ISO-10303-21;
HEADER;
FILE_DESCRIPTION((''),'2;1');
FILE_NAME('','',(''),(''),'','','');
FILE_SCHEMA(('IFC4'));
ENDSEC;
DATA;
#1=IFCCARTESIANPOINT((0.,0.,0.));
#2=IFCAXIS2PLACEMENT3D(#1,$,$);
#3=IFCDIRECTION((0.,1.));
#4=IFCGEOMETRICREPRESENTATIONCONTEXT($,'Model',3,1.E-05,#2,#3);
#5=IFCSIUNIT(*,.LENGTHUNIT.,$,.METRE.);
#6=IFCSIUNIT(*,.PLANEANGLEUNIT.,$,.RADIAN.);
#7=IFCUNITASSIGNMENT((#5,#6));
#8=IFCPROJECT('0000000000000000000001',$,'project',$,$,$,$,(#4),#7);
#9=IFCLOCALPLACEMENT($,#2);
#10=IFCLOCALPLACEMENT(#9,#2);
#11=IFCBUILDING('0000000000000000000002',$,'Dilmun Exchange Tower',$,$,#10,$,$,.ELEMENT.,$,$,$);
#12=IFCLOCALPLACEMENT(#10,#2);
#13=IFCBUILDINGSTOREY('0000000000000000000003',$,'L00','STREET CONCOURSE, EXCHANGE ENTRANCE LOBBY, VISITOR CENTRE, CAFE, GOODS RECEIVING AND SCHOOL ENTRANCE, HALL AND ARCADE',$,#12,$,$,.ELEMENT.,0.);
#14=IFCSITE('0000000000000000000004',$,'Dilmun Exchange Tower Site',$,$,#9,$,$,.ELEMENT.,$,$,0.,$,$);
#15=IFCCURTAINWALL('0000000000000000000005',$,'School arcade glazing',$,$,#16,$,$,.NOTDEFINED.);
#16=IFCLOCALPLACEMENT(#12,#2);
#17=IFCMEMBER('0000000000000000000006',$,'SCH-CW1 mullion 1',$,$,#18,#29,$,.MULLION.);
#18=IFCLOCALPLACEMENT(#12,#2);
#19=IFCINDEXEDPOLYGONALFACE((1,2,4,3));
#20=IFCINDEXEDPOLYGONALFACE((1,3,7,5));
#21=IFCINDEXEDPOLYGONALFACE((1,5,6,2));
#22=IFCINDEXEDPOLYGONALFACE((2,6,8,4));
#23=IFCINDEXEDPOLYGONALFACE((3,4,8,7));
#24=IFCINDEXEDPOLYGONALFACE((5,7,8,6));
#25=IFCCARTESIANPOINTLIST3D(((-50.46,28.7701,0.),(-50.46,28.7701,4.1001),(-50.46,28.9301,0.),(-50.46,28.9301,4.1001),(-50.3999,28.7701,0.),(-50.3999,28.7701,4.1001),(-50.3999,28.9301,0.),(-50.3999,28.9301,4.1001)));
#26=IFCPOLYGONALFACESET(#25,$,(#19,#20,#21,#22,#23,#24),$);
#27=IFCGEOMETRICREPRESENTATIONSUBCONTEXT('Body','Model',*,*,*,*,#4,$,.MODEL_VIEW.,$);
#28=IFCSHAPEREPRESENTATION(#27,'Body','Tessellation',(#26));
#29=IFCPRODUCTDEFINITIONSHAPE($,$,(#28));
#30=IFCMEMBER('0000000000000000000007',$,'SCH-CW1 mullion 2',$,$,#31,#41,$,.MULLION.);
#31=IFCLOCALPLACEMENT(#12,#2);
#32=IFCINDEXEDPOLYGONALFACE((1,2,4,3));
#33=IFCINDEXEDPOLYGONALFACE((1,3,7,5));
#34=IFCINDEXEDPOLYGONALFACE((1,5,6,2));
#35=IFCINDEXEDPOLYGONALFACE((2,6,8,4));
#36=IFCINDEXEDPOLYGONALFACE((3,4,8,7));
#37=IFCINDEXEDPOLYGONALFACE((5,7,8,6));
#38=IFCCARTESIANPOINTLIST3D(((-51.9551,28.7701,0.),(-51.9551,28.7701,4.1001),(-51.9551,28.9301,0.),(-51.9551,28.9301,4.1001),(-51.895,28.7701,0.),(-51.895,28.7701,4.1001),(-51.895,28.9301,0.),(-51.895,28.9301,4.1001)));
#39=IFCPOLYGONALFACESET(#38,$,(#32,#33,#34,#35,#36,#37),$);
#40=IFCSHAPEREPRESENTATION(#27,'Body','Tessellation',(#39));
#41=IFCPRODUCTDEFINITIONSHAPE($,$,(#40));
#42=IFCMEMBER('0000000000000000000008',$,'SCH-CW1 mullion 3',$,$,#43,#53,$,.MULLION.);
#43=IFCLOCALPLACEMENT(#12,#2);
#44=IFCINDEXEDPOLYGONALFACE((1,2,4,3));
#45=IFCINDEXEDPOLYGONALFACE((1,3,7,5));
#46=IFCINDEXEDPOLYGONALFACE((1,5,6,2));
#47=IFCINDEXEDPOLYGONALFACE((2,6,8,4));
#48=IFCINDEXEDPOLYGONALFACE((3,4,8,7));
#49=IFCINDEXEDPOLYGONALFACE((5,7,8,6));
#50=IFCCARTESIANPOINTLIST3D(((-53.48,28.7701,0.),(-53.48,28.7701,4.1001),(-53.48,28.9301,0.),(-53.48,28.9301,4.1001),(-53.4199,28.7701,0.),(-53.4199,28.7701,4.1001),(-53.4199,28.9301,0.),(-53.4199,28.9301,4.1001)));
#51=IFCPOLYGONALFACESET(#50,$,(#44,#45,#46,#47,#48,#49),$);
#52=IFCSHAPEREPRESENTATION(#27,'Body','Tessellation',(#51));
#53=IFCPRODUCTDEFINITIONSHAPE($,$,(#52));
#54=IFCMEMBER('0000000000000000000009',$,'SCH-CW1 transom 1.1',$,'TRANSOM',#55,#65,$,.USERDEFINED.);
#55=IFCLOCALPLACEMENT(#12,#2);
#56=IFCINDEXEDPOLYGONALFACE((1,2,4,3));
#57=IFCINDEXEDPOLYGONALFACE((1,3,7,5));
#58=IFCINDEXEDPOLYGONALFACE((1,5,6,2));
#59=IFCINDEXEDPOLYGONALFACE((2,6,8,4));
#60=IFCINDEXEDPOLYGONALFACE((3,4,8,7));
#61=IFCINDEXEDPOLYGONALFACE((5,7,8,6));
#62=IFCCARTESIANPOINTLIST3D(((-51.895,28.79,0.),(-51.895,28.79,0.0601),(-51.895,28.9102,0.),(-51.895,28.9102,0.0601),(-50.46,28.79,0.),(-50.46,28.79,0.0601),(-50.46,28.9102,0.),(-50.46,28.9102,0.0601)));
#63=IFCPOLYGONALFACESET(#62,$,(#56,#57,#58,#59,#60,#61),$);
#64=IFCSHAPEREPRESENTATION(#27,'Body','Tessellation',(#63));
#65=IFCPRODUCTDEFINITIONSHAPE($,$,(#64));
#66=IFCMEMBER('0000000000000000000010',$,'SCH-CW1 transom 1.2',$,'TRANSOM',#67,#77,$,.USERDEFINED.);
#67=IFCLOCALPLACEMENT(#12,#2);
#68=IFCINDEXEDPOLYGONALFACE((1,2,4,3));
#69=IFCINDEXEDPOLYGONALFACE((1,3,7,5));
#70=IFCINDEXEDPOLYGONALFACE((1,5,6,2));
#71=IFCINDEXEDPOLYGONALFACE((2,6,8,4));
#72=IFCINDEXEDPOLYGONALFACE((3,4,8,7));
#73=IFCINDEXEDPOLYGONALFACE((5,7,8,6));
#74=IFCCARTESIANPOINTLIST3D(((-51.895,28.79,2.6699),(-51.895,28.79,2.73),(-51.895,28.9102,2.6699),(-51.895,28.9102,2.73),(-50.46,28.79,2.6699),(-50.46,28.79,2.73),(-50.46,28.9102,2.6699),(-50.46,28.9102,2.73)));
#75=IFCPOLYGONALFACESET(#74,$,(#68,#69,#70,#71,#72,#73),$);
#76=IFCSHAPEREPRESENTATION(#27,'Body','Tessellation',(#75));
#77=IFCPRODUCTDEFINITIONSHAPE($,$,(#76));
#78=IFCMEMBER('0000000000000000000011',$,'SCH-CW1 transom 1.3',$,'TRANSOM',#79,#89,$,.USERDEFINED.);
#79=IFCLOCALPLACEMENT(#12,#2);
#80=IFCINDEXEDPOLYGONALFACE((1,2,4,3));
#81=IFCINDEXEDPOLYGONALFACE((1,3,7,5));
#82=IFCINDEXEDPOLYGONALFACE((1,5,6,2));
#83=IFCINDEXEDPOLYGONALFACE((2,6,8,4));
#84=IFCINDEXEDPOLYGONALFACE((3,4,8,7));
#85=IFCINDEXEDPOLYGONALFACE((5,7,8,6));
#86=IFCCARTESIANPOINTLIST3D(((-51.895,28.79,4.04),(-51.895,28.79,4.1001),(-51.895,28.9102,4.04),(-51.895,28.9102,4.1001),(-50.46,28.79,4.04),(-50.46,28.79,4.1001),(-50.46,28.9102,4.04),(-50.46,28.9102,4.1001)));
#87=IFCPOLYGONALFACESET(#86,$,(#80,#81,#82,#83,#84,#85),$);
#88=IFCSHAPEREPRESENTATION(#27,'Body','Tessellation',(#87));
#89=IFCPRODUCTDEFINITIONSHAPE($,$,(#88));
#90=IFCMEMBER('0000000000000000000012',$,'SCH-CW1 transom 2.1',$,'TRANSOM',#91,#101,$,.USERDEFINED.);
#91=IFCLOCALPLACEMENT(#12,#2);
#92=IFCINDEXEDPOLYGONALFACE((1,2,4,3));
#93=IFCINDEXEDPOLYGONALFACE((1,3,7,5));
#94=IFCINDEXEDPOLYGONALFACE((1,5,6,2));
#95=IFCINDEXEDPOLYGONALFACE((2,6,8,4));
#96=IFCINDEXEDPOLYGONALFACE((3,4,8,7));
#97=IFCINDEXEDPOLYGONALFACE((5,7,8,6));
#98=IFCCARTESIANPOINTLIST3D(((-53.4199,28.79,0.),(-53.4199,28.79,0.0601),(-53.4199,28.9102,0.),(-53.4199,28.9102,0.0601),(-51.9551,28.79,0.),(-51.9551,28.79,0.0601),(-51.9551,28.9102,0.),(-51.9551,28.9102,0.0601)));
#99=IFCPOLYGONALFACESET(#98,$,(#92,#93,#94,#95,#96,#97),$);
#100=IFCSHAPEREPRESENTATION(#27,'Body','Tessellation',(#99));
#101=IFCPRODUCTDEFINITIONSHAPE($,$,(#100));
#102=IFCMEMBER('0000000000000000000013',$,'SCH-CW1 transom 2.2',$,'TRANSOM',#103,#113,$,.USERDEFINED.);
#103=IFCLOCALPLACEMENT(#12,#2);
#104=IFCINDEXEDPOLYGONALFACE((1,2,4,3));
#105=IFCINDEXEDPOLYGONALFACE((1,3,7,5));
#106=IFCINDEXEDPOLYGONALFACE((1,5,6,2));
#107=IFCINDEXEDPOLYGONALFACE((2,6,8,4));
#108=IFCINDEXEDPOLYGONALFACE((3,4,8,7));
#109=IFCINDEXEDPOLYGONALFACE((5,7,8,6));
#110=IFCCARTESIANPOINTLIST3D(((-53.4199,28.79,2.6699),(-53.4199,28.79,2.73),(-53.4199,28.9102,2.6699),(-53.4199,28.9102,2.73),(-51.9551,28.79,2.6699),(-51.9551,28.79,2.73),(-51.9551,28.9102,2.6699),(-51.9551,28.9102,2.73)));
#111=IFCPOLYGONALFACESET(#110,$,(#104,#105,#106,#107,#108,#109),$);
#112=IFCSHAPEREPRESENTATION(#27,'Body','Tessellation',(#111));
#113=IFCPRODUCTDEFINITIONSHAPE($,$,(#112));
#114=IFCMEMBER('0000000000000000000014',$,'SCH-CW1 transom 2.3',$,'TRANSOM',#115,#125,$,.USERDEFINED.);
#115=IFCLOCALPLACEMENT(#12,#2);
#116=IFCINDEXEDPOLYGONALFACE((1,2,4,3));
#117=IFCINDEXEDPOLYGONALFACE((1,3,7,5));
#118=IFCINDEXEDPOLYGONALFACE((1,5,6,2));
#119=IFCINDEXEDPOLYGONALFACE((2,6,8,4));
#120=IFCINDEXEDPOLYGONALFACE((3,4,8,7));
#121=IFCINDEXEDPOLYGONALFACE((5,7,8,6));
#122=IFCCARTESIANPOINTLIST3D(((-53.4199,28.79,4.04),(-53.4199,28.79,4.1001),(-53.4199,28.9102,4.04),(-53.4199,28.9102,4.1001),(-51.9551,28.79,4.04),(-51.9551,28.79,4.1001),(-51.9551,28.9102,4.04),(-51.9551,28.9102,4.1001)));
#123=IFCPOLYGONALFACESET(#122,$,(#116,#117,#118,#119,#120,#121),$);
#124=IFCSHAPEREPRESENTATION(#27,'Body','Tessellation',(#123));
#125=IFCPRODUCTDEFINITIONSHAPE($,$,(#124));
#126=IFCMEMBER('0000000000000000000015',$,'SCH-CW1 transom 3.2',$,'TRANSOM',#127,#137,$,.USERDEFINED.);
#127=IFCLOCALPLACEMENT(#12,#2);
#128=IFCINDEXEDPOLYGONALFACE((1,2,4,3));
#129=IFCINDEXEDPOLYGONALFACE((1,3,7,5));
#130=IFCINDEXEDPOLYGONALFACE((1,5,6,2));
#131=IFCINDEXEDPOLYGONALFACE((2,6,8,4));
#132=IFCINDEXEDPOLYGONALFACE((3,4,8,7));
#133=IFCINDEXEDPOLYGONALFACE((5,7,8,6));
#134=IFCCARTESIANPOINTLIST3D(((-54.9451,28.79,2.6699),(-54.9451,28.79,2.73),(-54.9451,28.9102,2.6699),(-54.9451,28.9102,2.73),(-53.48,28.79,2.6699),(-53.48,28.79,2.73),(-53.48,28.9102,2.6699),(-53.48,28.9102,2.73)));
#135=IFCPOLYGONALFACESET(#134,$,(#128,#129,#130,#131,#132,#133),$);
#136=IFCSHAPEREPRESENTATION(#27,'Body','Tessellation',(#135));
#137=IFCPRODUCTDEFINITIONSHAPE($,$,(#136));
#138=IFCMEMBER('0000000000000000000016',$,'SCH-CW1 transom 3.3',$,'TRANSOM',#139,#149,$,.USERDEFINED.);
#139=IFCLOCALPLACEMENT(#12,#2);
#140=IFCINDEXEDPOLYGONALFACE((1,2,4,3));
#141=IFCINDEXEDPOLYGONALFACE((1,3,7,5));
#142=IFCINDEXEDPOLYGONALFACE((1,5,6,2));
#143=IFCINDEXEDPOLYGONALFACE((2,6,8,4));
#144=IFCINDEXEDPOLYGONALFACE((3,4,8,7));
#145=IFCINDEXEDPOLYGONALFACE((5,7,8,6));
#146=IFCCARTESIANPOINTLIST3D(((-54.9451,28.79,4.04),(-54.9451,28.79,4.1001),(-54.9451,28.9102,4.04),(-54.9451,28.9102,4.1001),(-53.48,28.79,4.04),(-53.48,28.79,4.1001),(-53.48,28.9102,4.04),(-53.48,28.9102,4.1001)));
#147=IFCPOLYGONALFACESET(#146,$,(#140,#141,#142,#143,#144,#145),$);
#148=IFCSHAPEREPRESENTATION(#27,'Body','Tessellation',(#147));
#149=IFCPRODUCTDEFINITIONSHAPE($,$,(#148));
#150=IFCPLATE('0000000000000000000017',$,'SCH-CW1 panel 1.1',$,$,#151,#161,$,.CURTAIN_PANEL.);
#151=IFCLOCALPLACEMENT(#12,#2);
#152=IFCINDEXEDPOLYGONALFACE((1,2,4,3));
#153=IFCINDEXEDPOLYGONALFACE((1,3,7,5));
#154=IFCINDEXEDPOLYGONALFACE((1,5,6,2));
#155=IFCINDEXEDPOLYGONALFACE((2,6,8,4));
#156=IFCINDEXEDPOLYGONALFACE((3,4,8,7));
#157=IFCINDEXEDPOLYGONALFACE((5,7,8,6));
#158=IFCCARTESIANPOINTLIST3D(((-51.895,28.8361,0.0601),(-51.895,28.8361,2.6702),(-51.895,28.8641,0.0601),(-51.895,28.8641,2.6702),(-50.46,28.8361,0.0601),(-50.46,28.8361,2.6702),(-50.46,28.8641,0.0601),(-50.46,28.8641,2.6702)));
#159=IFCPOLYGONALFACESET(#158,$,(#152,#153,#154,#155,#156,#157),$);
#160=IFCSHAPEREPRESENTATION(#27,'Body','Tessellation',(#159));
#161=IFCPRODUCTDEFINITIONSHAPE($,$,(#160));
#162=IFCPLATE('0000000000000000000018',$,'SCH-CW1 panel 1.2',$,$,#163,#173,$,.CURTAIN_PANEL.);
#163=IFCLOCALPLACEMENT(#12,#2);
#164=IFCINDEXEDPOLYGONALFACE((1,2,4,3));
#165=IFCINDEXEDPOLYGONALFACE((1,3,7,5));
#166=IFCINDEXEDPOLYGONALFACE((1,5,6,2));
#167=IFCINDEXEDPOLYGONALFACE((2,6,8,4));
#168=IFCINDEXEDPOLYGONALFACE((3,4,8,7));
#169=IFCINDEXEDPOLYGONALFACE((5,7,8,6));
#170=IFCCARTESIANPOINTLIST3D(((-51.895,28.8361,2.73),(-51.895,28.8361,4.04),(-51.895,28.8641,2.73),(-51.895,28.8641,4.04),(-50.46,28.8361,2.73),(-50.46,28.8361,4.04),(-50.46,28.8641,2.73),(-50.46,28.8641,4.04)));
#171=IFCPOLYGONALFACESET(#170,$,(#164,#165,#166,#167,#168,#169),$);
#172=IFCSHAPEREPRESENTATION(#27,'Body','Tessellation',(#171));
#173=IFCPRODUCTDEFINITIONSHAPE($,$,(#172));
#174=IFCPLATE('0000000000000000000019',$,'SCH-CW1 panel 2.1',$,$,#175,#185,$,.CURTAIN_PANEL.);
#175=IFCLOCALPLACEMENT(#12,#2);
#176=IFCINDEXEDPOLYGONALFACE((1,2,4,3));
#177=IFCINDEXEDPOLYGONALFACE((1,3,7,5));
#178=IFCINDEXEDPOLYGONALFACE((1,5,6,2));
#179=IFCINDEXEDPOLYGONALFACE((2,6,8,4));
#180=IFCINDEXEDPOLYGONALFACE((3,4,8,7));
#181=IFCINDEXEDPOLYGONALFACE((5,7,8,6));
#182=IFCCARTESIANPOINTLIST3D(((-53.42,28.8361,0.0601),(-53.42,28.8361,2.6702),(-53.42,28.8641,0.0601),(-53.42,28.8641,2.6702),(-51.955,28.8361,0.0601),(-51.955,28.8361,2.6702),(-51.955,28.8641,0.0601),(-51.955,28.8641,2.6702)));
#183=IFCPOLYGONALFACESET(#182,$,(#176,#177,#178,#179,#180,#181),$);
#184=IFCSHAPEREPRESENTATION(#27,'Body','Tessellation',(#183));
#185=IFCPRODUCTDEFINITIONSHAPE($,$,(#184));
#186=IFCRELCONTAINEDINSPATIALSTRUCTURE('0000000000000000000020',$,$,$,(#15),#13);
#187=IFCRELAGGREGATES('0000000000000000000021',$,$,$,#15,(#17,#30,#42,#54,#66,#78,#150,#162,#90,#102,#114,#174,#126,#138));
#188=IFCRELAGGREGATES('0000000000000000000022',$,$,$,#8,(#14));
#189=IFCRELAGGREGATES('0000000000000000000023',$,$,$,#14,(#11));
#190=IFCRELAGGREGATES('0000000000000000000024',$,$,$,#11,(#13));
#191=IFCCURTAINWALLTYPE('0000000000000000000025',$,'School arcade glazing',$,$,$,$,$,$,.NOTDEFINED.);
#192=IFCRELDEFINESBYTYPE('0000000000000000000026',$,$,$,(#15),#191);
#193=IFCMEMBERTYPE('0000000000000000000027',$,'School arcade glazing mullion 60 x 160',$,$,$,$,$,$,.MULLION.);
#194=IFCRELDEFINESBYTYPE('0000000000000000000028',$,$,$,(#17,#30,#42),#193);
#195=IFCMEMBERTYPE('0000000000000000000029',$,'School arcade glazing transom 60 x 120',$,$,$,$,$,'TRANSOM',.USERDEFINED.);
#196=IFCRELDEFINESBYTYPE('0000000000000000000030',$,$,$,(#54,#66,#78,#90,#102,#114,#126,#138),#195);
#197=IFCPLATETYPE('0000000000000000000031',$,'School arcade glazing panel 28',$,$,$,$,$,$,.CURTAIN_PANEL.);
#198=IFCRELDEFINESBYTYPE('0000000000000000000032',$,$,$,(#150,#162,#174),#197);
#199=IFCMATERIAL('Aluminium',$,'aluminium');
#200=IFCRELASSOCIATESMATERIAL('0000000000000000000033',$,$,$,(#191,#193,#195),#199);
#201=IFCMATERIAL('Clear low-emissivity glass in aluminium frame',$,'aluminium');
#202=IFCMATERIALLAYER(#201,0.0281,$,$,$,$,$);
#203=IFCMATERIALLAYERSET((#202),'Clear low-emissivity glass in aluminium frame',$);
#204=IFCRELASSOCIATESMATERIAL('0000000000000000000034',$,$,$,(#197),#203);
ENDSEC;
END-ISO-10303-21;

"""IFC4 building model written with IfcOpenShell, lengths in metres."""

from ifc_helpers import new_model, si_unit, direction, frame, origin, origin_2d, place, context, subcontext, project, spatial, rectangle, extrude, material, layer, layer_set, material_profile, profile_set, type_object, element, aggregate, save


model = new_model("IFC4")

# Units and contexts
model_context = context("Model", 3, precision=1e-05, world=origin(), true_north=direction((0.0, 1.0)))
body_context = subcontext(model_context, "Body", "Model", "MODEL_VIEW")
ifc_project = project(units=[si_unit("LENGTHUNIT", "METRE"), si_unit("PLANEANGLEUNIT", "RADIAN")], contexts=[model_context])

# Site, building, storey
site_placement = place(None, origin())
site = spatial("IfcSite", under=ifc_project, at=site_placement, Name="Dilmun Exchange Tower Site", CompositionType="ELEMENT", RefElevation=0.0)
building_placement = place(site_placement, origin())
building = spatial("IfcBuilding", under=site, at=building_placement, Name="Dilmun Exchange Tower", CompositionType="ELEMENT")
storey_placement = place(building_placement, origin())
storey = spatial("IfcBuildingStorey", under=building, at=storey_placement, Name="L00", Description="STREET CONCOURSE, EXCHANGE ENTRANCE LOBBY, VISITOR CENTRE, CAFE, GOODS RECEIVING AND SCHOOL ENTRANCE, HALL AND ARCADE", CompositionType="ELEMENT", Elevation=0.0)

# Curtain wall, members, plates
ifc_material_1 = material(Name="Aluminium", Category="aluminium")
curtain_wall_type = type_object("IfcCurtainWallType", Name="School arcade glazing", PredefinedType="NOTDEFINED", material=ifc_material_1)
curtain_wall_placement = place(storey_placement, origin())
curtain_wall = element("IfcCurtainWall", 1, at=curtain_wall_placement, inside=storey, type_object=curtain_wall_type, Name="School arcade glazing", PredefinedType="NOTDEFINED")
ifc_material_profile_1 = material_profile(ifc_material_1, rectangle(XDim=0.1599, YDim=0.0601, at=origin_2d()), Name="60 x 160")
ifc_profile_set_1 = profile_set([ifc_material_profile_1], Name="Aluminium")
member_type_1 = type_object("IfcMemberType", Name="School arcade glazing mullion 60 x 160", PredefinedType="MULLION", material=ifc_profile_set_1)
member_1_placement = place(storey_placement, frame((-50.4299, 28.8501, 0.0), z_axis=(0.0, 0.0, 1.0), x_axis=(0.0, -1.0, 0.0)))
member_1 = element("IfcMember", 2, at=member_1_placement, type_object=member_type_1, Name="SCH-CW1 mullion 1", PredefinedType="MULLION", context=body_context, shape_type="SweptSolid", body=[
    extrude(rectangle(XDim=0.1599, YDim=0.0601, at=origin_2d()), origin(), (0.0, 0.0, 1.0), 4.1001),
])
member_2_placement = place(storey_placement, frame((-51.925, 28.8501, 0.0), z_axis=(0.0, 0.0, 1.0), x_axis=(0.0, -1.0, 0.0)))
member_2 = element("IfcMember", 3, at=member_2_placement, type_object=member_type_1, Name="SCH-CW1 mullion 2", PredefinedType="MULLION", context=body_context, shape_type="SweptSolid", body=[
    extrude(rectangle(XDim=0.1599, YDim=0.0601, at=origin_2d()), origin(), (0.0, 0.0, 1.0), 4.1001),
])
member_3_placement = place(storey_placement, frame((-53.45, 28.8501, 0.0), z_axis=(0.0, 0.0, 1.0), x_axis=(0.0, -1.0, 0.0)))
member_3 = element("IfcMember", 4, at=member_3_placement, type_object=member_type_1, Name="SCH-CW1 mullion 3", PredefinedType="MULLION", context=body_context, shape_type="SweptSolid", body=[
    extrude(rectangle(XDim=0.1599, YDim=0.0601, at=origin_2d()), origin(), (0.0, 0.0, 1.0), 4.1001),
])
ifc_material_profile_2 = material_profile(ifc_material_1, rectangle(XDim=0.1201, YDim=0.0601, at=origin_2d()), Name="60 x 120")
ifc_profile_set_2 = profile_set([ifc_material_profile_2], Name="Aluminium")
member_type_2 = type_object("IfcMemberType", Name="School arcade glazing transom 60 x 120", ElementType="TRANSOM", PredefinedType="USERDEFINED", material=ifc_profile_set_2)
member_4_placement = place(storey_placement, frame((-50.46, 28.8501, 0.03), z_axis=(-1.0, 0.0, 0.0), x_axis=(0.0, -1.0, 0.0)))
member_4 = element("IfcMember", 5, at=member_4_placement, type_object=member_type_2, Name="SCH-CW1 transom 1.1", ObjectType="TRANSOM", PredefinedType="USERDEFINED", context=body_context, shape_type="SweptSolid", body=[
    extrude(rectangle(XDim=0.1201, YDim=0.0601, at=origin_2d()), origin(), (0.0, 0.0, 1.0), 1.4351),
])
member_5_placement = place(storey_placement, frame((-50.46, 28.8501, 2.7), z_axis=(-1.0, 0.0, 0.0), x_axis=(0.0, -1.0, 0.0)))
member_5 = element("IfcMember", 6, at=member_5_placement, type_object=member_type_2, Name="SCH-CW1 transom 1.2", ObjectType="TRANSOM", PredefinedType="USERDEFINED", context=body_context, shape_type="SweptSolid", body=[
    extrude(rectangle(XDim=0.1201, YDim=0.0601, at=origin_2d()), origin(), (0.0, 0.0, 1.0), 1.4351),
])
member_6_placement = place(storey_placement, frame((-50.46, 28.8501, 4.0701), z_axis=(-1.0, 0.0, 0.0), x_axis=(0.0, -1.0, 0.0)))
member_6 = element("IfcMember", 7, at=member_6_placement, type_object=member_type_2, Name="SCH-CW1 transom 1.3", ObjectType="TRANSOM", PredefinedType="USERDEFINED", context=body_context, shape_type="SweptSolid", body=[
    extrude(rectangle(XDim=0.1201, YDim=0.0601, at=origin_2d()), origin(), (0.0, 0.0, 1.0), 1.4351),
])
member_7_placement = place(storey_placement, frame((-51.9551, 28.8501, 0.03), z_axis=(-1.0, 0.0, 0.0), x_axis=(0.0, -1.0, 0.0)))
member_7 = element("IfcMember", 8, at=member_7_placement, type_object=member_type_2, Name="SCH-CW1 transom 2.1", ObjectType="TRANSOM", PredefinedType="USERDEFINED", context=body_context, shape_type="SweptSolid", body=[
    extrude(rectangle(XDim=0.1201, YDim=0.0601, at=origin_2d()), origin(), (0.0, 0.0, 1.0), 1.4648),
])
member_8_placement = place(storey_placement, frame((-51.9551, 28.8501, 2.7), z_axis=(-1.0, 0.0, 0.0), x_axis=(0.0, -1.0, 0.0)))
member_8 = element("IfcMember", 9, at=member_8_placement, type_object=member_type_2, Name="SCH-CW1 transom 2.2", ObjectType="TRANSOM", PredefinedType="USERDEFINED", context=body_context, shape_type="SweptSolid", body=[
    extrude(rectangle(XDim=0.1201, YDim=0.0601, at=origin_2d()), origin(), (0.0, 0.0, 1.0), 1.4648),
])
member_9_placement = place(storey_placement, frame((-51.9551, 28.8501, 4.0701), z_axis=(-1.0, 0.0, 0.0), x_axis=(0.0, -1.0, 0.0)))
member_9 = element("IfcMember", 10, at=member_9_placement, type_object=member_type_2, Name="SCH-CW1 transom 2.3", ObjectType="TRANSOM", PredefinedType="USERDEFINED", context=body_context, shape_type="SweptSolid", body=[
    extrude(rectangle(XDim=0.1201, YDim=0.0601, at=origin_2d()), origin(), (0.0, 0.0, 1.0), 1.4648),
])
member_10_placement = place(storey_placement, frame((-53.48, 28.8501, 2.7), z_axis=(-1.0, 0.0, 0.0), x_axis=(0.0, -1.0, 0.0)))
member_10 = element("IfcMember", 11, at=member_10_placement, type_object=member_type_2, Name="SCH-CW1 transom 3.2", ObjectType="TRANSOM", PredefinedType="USERDEFINED", context=body_context, shape_type="SweptSolid", body=[
    extrude(rectangle(XDim=0.1201, YDim=0.0601, at=origin_2d()), origin(), (0.0, 0.0, 1.0), 1.4651),
])
member_11_placement = place(storey_placement, frame((-53.48, 28.8501, 4.0701), z_axis=(-1.0, 0.0, 0.0), x_axis=(0.0, -1.0, 0.0)))
member_11 = element("IfcMember", 12, at=member_11_placement, type_object=member_type_2, Name="SCH-CW1 transom 3.3", ObjectType="TRANSOM", PredefinedType="USERDEFINED", context=body_context, shape_type="SweptSolid", body=[
    extrude(rectangle(XDim=0.1201, YDim=0.0601, at=origin_2d()), origin(), (0.0, 0.0, 1.0), 1.4651),
])
ifc_material_2 = material(Name="Clear low-emissivity glass in aluminium frame", Category="aluminium")
ifc_layer = layer(ifc_material_2, 0.0281)
ifc_layer_set = layer_set([ifc_layer], Name="Clear low-emissivity glass in aluminium frame")
plate_type = type_object("IfcPlateType", Name="School arcade glazing panel 28", PredefinedType="CURTAIN_PANEL", material=ifc_layer_set)
plate_1_placement = place(storey_placement, frame((-51.1775, 28.8501, 0.0601), z_axis=(0.0, 0.0, 1.0), x_axis=(-1.0, 0.0, 0.0)))
plate_1 = element("IfcPlate", 13, at=plate_1_placement, type_object=plate_type, Name="SCH-CW1 panel 1.1", PredefinedType="CURTAIN_PANEL", context=body_context, shape_type="SweptSolid", body=[
    extrude(rectangle(XDim=1.4351, YDim=0.0281, at=origin_2d()), origin(), (0.0, 0.0, 1.0), 2.6101),
])
plate_2_placement = place(storey_placement, frame((-51.1775, 28.8501, 2.73), z_axis=(0.0, 0.0, 1.0), x_axis=(-1.0, 0.0, 0.0)))
plate_2 = element("IfcPlate", 14, at=plate_2_placement, type_object=plate_type, Name="SCH-CW1 panel 1.2", PredefinedType="CURTAIN_PANEL", context=body_context, shape_type="SweptSolid", body=[
    extrude(rectangle(XDim=1.4351, YDim=0.0281, at=origin_2d()), origin(), (0.0, 0.0, 1.0), 1.3101),
])
plate_3_placement = place(storey_placement, frame((-52.6875, 28.8501, 0.0601), z_axis=(0.0, 0.0, 1.0), x_axis=(-1.0, 0.0, 0.0)))
plate_3 = element("IfcPlate", 15, at=plate_3_placement, type_object=plate_type, Name="SCH-CW1 panel 2.1", PredefinedType="CURTAIN_PANEL", context=body_context, shape_type="SweptSolid", body=[
    extrude(rectangle(XDim=1.4651, YDim=0.0281, at=origin_2d()), origin(), (0.0, 0.0, 1.0), 2.6101),
])
aggregate(curtain_wall, [member_1, member_2, member_3, member_4, member_5, member_6, plate_1, plate_2, member_7, member_8, member_9, plate_3, member_10, member_11])

save(model, "model.ifc")
